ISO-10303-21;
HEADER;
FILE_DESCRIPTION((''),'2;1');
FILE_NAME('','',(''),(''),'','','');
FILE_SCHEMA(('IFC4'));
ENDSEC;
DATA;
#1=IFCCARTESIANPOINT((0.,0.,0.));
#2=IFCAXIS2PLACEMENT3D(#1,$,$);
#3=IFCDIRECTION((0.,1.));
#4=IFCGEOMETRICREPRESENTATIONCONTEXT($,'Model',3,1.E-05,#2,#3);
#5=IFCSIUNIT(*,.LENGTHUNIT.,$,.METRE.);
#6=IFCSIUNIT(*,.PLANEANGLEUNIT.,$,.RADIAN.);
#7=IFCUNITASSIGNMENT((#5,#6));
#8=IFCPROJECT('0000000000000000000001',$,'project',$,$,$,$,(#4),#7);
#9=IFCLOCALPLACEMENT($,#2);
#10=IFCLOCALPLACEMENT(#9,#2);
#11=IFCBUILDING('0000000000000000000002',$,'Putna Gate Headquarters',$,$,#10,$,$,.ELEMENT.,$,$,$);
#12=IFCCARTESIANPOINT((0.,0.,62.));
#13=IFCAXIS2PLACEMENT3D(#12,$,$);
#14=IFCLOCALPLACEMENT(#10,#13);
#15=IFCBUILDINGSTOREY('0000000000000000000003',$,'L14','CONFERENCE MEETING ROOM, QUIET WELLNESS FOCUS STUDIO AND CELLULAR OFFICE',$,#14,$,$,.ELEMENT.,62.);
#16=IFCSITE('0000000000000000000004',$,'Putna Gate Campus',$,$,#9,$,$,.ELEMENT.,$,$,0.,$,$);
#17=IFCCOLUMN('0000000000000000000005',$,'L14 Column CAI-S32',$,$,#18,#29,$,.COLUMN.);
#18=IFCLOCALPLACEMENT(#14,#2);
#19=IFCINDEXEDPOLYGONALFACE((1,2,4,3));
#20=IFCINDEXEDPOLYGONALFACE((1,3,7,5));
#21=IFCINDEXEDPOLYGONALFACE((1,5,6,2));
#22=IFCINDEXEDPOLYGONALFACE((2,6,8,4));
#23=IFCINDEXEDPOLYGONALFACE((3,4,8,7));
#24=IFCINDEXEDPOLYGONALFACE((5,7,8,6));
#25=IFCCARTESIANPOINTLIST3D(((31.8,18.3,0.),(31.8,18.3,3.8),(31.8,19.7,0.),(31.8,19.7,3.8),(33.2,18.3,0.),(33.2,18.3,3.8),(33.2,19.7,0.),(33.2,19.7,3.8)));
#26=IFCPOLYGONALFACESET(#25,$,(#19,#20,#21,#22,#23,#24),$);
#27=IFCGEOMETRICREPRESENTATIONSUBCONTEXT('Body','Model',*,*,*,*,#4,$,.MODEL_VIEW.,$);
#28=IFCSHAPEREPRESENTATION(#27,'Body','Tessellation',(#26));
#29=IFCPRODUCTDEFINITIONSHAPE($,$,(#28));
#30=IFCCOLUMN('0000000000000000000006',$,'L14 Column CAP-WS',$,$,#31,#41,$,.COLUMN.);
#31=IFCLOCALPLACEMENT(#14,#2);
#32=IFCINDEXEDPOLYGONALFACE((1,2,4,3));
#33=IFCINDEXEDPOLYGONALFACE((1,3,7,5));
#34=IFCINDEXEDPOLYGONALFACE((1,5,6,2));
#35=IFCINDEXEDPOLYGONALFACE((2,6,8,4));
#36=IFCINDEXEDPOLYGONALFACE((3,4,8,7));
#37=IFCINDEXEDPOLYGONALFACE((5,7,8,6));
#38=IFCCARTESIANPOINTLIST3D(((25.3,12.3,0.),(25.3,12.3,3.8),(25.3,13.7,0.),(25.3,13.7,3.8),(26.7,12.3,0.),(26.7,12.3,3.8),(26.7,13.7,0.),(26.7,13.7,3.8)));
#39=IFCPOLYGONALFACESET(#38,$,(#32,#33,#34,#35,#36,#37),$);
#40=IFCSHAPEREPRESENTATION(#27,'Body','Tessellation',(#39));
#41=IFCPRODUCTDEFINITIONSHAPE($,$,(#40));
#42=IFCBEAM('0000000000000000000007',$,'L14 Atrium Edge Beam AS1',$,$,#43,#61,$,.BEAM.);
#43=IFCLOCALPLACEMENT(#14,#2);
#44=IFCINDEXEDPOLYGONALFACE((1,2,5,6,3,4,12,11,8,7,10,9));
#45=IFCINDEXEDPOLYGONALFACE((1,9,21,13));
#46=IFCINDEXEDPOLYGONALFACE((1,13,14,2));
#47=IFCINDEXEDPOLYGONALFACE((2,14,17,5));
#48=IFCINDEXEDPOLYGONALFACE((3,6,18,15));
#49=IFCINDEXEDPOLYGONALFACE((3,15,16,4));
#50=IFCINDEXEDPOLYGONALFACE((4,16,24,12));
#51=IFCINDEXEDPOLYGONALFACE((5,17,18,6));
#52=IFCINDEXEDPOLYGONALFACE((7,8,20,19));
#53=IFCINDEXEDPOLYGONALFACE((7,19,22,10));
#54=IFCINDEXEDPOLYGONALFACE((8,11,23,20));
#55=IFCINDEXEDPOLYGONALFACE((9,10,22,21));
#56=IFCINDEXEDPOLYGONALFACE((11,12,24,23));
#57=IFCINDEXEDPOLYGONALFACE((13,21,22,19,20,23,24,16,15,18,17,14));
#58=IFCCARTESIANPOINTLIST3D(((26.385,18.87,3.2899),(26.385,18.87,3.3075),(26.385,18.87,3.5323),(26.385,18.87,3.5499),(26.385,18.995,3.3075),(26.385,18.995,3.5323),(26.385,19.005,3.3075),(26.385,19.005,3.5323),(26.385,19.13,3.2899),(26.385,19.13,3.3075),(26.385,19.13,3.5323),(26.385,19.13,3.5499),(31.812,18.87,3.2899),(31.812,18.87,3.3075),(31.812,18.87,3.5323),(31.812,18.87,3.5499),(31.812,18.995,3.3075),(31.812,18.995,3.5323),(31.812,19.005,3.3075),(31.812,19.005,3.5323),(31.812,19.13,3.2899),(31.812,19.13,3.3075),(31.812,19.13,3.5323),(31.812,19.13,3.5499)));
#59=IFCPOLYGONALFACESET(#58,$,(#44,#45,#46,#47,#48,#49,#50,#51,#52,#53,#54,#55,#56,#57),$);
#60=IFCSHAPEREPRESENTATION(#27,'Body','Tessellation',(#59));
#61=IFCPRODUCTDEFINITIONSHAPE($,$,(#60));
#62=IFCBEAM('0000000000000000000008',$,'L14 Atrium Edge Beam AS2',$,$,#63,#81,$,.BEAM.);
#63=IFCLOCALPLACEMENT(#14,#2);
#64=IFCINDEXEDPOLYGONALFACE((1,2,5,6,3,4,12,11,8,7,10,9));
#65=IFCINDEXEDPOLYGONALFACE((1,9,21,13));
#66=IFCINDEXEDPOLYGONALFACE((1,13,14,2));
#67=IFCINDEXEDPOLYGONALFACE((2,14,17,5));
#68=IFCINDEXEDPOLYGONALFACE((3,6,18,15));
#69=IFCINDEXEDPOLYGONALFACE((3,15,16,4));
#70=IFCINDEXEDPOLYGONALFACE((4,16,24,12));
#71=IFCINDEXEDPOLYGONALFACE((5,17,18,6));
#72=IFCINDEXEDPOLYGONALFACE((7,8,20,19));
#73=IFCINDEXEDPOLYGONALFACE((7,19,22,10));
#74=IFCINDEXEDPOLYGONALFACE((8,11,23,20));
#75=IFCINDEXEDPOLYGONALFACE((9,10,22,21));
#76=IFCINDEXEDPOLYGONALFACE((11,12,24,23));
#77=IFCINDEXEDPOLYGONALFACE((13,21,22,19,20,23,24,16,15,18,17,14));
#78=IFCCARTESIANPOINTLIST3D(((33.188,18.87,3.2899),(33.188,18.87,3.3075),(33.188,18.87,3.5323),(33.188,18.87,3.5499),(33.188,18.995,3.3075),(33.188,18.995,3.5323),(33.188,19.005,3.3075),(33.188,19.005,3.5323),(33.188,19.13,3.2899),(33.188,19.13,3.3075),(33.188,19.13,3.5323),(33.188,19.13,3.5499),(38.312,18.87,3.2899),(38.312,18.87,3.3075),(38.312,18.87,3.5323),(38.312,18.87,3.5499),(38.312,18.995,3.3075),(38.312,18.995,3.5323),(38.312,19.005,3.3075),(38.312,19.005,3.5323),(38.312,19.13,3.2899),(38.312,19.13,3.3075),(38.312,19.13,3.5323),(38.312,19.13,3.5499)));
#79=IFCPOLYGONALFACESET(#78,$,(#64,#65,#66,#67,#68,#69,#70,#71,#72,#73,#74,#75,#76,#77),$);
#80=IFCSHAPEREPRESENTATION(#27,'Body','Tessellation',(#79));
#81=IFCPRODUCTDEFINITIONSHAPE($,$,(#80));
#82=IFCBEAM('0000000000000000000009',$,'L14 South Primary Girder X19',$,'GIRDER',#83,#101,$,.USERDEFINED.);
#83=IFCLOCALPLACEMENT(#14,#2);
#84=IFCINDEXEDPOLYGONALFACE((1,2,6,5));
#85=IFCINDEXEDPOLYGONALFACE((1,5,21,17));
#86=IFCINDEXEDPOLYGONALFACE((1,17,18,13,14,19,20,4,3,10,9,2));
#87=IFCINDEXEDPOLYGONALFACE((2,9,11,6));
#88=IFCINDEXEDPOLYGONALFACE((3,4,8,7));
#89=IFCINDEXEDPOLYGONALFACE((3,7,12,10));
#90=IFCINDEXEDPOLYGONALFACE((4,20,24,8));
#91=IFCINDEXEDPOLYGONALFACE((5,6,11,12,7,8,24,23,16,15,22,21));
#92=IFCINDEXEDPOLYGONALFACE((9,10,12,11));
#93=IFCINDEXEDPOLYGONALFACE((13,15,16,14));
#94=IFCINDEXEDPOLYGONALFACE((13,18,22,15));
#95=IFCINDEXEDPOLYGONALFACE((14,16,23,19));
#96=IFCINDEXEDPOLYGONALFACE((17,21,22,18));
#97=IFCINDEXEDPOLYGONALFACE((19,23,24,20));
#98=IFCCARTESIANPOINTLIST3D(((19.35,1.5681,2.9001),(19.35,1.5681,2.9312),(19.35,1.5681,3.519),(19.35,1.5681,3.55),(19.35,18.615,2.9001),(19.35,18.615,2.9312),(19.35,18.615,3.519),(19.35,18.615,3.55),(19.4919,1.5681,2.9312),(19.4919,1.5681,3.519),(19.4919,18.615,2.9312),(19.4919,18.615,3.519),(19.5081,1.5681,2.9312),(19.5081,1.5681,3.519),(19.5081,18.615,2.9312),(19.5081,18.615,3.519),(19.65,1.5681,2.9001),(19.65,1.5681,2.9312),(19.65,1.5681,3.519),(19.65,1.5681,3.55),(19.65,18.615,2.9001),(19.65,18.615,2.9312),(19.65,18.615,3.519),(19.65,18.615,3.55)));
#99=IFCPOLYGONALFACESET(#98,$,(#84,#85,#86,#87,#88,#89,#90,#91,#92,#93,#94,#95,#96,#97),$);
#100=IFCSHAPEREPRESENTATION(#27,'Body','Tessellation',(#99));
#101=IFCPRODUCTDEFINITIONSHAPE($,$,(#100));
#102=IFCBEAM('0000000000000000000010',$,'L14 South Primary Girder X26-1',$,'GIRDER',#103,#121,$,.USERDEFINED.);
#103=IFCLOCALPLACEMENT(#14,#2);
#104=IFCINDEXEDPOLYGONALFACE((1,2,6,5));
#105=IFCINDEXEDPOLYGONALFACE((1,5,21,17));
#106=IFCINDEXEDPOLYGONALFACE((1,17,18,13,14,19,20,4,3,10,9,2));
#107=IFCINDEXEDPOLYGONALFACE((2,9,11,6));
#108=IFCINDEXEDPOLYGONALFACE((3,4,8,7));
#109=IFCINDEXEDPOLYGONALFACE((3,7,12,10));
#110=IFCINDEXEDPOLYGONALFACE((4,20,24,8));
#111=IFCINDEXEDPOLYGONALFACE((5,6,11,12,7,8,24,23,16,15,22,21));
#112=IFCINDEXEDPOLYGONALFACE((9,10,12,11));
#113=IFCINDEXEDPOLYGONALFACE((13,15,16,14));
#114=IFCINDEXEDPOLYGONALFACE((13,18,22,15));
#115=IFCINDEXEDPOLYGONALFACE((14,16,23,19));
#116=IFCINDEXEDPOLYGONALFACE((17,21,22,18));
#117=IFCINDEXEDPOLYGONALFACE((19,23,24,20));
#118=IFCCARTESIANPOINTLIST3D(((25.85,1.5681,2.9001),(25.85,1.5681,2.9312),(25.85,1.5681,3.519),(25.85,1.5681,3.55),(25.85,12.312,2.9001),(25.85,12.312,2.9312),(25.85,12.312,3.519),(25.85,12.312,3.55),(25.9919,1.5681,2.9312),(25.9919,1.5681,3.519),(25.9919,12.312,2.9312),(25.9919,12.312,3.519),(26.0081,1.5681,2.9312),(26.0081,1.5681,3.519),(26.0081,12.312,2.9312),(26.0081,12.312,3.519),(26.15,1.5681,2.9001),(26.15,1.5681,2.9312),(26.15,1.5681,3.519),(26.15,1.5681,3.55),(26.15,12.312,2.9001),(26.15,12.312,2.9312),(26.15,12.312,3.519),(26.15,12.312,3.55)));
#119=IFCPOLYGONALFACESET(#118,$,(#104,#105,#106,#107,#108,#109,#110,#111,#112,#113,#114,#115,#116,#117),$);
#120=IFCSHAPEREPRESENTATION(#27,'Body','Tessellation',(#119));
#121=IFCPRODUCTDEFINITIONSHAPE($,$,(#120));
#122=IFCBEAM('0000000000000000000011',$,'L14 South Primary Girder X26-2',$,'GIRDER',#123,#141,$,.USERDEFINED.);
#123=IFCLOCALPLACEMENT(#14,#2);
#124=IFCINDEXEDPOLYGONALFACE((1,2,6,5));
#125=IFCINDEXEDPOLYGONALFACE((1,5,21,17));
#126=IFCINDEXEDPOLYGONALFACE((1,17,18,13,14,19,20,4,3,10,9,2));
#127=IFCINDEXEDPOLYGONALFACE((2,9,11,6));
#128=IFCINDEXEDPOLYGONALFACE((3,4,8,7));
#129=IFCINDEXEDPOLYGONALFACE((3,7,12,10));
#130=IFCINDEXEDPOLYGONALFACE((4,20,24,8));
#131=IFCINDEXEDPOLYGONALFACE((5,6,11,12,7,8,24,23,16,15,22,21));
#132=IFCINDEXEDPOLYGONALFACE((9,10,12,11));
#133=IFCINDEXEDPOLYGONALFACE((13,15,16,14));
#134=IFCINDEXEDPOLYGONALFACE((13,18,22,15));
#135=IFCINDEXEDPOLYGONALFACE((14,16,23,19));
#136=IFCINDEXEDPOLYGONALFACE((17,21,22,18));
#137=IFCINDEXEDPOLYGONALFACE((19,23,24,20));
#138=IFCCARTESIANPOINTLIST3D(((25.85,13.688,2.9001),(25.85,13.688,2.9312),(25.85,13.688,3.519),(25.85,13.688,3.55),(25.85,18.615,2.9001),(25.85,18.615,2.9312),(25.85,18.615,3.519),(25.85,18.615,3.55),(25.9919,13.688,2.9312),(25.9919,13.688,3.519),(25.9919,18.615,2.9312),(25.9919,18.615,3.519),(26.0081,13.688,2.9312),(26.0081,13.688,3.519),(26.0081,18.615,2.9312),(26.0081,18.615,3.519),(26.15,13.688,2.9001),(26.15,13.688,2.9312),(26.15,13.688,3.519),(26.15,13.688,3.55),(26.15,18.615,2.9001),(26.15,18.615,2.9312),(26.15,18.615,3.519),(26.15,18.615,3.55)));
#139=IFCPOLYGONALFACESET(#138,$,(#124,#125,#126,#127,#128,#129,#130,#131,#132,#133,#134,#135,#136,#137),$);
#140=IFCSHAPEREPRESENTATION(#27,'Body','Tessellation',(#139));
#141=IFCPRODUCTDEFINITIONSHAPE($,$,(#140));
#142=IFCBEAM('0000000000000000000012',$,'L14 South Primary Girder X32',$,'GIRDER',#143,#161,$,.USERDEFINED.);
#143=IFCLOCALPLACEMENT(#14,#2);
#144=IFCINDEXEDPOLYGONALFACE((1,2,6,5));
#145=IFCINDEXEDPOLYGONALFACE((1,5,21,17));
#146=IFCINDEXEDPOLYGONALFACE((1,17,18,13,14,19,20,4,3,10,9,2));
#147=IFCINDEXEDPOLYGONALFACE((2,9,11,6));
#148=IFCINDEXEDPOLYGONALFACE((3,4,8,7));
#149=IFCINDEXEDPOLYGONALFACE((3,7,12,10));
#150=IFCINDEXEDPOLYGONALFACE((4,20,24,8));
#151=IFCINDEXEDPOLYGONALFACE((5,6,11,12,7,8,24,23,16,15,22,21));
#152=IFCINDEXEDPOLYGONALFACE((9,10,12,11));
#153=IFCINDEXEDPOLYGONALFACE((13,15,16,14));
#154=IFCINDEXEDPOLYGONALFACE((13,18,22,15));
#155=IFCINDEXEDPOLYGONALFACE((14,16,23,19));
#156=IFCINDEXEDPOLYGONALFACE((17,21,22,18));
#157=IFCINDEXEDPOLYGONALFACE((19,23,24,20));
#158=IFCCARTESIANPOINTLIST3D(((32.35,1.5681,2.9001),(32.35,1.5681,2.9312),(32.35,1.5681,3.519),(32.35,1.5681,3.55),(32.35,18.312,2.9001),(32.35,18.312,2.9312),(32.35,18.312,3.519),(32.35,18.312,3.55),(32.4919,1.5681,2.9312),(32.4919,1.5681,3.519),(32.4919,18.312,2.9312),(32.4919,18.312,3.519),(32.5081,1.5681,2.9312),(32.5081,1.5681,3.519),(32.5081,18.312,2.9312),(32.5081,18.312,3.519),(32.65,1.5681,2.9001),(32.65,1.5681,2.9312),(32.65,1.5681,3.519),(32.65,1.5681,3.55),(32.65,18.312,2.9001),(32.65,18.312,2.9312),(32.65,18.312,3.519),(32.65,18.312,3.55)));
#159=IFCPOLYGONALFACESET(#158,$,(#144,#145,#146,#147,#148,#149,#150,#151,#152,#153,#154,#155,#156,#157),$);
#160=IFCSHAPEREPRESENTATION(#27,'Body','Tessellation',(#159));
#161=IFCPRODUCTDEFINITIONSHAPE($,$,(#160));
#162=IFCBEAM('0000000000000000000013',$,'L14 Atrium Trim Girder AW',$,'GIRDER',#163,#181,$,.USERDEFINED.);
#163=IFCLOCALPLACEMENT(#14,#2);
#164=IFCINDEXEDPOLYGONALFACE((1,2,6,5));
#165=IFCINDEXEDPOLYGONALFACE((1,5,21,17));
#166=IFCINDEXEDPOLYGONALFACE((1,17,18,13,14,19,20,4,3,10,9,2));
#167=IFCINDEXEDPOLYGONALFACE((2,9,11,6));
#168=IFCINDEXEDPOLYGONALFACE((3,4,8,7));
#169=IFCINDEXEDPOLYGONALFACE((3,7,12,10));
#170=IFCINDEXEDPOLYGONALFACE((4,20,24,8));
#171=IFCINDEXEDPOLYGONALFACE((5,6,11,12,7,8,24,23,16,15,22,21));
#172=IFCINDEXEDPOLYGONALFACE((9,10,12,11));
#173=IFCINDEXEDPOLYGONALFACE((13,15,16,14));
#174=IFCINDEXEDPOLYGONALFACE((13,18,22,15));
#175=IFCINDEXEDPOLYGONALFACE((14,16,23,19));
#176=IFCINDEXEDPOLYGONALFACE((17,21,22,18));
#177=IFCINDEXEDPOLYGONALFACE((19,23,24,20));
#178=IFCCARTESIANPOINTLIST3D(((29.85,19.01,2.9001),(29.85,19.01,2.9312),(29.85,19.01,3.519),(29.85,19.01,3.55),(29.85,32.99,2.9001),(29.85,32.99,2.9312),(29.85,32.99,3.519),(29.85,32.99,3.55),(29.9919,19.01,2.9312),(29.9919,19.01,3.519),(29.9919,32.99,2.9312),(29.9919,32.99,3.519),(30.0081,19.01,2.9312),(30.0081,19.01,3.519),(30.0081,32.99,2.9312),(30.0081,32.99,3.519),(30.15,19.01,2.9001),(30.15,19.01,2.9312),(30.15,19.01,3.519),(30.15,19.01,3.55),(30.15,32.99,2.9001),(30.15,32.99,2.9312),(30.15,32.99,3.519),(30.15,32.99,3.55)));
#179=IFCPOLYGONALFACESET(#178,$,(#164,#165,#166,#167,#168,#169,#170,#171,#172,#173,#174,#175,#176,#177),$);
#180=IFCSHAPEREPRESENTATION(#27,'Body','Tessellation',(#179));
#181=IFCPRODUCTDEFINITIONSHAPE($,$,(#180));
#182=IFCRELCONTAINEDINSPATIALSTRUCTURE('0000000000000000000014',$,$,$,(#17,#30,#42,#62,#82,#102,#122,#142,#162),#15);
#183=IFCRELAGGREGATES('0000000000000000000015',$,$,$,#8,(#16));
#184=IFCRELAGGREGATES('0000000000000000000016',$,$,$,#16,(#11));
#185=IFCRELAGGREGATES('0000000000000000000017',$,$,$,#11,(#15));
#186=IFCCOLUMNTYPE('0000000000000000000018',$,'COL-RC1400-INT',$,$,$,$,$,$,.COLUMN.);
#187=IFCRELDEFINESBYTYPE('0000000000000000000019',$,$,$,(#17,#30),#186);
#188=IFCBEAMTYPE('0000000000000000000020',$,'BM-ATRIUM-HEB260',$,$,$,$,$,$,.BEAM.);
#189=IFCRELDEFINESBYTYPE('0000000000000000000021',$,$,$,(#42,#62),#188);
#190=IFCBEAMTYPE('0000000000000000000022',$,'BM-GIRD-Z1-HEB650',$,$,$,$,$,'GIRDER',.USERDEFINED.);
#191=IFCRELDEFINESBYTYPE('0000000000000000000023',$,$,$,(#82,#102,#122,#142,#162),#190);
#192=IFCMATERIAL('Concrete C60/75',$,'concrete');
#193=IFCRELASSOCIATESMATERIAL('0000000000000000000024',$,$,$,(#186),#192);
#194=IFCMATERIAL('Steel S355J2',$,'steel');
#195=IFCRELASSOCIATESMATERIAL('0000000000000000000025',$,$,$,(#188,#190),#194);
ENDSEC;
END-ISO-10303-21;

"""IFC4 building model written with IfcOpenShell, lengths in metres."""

from ifc_helpers import new_model, si_unit, direction, frame, origin, origin_2d, place, context, subcontext, project, spatial, rectangle, i_section, extrude, material, material_profile, profile_set, type_object, element, save


model = new_model("IFC4")

# Units and contexts
model_context = context("Model", 3, precision=1e-05, world=origin(), true_north=direction((0.0, 1.0)))
body_context = subcontext(model_context, "Body", "Model", "MODEL_VIEW")
ifc_project = project(units=[si_unit("LENGTHUNIT", "METRE"), si_unit("PLANEANGLEUNIT", "RADIAN")], contexts=[model_context])

# Site, building, storey
site_placement = place(None, origin())
site = spatial("IfcSite", under=ifc_project, at=site_placement, Name="Putna Gate Campus", CompositionType="ELEMENT", RefElevation=0.0)
building_placement = place(site_placement, origin())
building = spatial("IfcBuilding", under=site, at=building_placement, Name="Putna Gate Headquarters", CompositionType="ELEMENT")
storey_placement = place(building_placement, frame((0.0, 0.0, 62.0)))
storey = spatial("IfcBuildingStorey", under=building, at=storey_placement, Name="L14", Description="CONFERENCE MEETING ROOM, QUIET WELLNESS FOCUS STUDIO AND CELLULAR OFFICE", CompositionType="ELEMENT", Elevation=62.0)

# Columns
ifc_material_1 = material(Name="Concrete C60/75", Category="concrete")
ifc_material_profile_1 = material_profile(ifc_material_1, rectangle(XDim=1.3999, YDim=1.3999, at=origin_2d()), Name="Concrete C60/75")
ifc_profile_set_1 = profile_set([ifc_material_profile_1], Name="Concrete C60/75")
column_type = type_object("IfcColumnType", Name="COL-RC1400-INT", PredefinedType="COLUMN", material=ifc_profile_set_1)
for number, where, z_axis, x_axis, name in (
    (1, (32.5, 19.0, 0.0), (0.0, 0.0, 1.0), (1.0, 0.0, 0.0), "L14 Column CAI-S32"),
    (2, (26.0, 13.0, 0.0), (0.0, 0.0, 1.0), (1.0, 0.0, 0.0), "L14 Column CAP-WS"),
):
    element("IfcColumn", number, at=place(storey_placement, frame(where, z_axis=z_axis, x_axis=x_axis)), inside=storey, type_object=column_type, Name=name, PredefinedType="COLUMN", context=body_context, shape_type="SweptSolid", body=[
        extrude(rectangle(XDim=1.3999, YDim=1.3999, at=origin_2d()), origin(), (0.0, 0.0, 1.0), 3.8),
    ])

# Beams
ifc_material_2 = material(Name="Steel S355J2", Category="steel")
ifc_material_profile_2 = material_profile(ifc_material_2, i_section(OverallWidth=0.26, OverallDepth=0.26, WebThickness=0.01, FlangeThickness=0.0176, at=origin_2d()), Name="Steel S355J2")
ifc_profile_set_2 = profile_set([ifc_material_profile_2], Name="Steel S355J2")
beam_type_1 = type_object("IfcBeamType", Name="BM-ATRIUM-HEB260", PredefinedType="BEAM", material=ifc_profile_set_2)
beam_1_placement = place(storey_placement, frame((26.385, 19.0, 3.4199), z_axis=(1.0, 0.0, 0.0), x_axis=(0.0, 1.0, 0.0)))
element("IfcBeam", 3, at=beam_1_placement, inside=storey, type_object=beam_type_1, Name="L14 Atrium Edge Beam AS1", PredefinedType="BEAM", context=body_context, shape_type="SweptSolid", body=[
    extrude(i_section(OverallWidth=0.26, OverallDepth=0.26, WebThickness=0.01, FlangeThickness=0.0176, at=origin_2d()), origin(), (0.0, 0.0, 1.0), 5.427),
])
beam_2_placement = place(storey_placement, frame((33.188, 19.0, 3.4199), z_axis=(1.0, 0.0, 0.0), x_axis=(0.0, 1.0, 0.0)))
element("IfcBeam", 4, at=beam_2_placement, inside=storey, type_object=beam_type_1, Name="L14 Atrium Edge Beam AS2", PredefinedType="BEAM", context=body_context, shape_type="SweptSolid", body=[
    extrude(i_section(OverallWidth=0.26, OverallDepth=0.26, WebThickness=0.01, FlangeThickness=0.0176, at=origin_2d()), origin(), (0.0, 0.0, 1.0), 5.124),
])
ifc_material_profile_3 = material_profile(ifc_material_2, i_section(OverallWidth=0.3, OverallDepth=0.6499, WebThickness=0.0161, FlangeThickness=0.031, at=origin_2d()), Name="Steel S355J2")
ifc_profile_set_3 = profile_set([ifc_material_profile_3], Name="Steel S355J2")
beam_type_2 = type_object("IfcBeamType", Name="BM-GIRD-Z1-HEB650", ElementType="GIRDER", PredefinedType="USERDEFINED", material=ifc_profile_set_3)
beam_3_placement = place(storey_placement, frame((19.5, 1.5681, 3.2251), z_axis=(0.0, 1.0, 0.0), x_axis=(-1.0, 0.0, 0.0)))
element("IfcBeam", 5, at=beam_3_placement, inside=storey, type_object=beam_type_2, Name="L14 South Primary Girder X19", ObjectType="GIRDER", PredefinedType="USERDEFINED", context=body_context, shape_type="SweptSolid", body=[
    extrude(i_section(OverallWidth=0.3, OverallDepth=0.6499, WebThickness=0.0161, FlangeThickness=0.031, at=origin_2d()), origin(), (0.0, 0.0, 1.0), 17.0469),
])
beam_4_placement = place(storey_placement, frame((26.0, 1.5681, 3.2251), z_axis=(0.0, 1.0, 0.0), x_axis=(-1.0, 0.0, 0.0)))
element("IfcBeam", 6, at=beam_4_placement, inside=storey, type_object=beam_type_2, Name="L14 South Primary Girder X26-1", ObjectType="GIRDER", PredefinedType="USERDEFINED", context=body_context, shape_type="SweptSolid", body=[
    extrude(i_section(OverallWidth=0.3, OverallDepth=0.6499, WebThickness=0.0161, FlangeThickness=0.031, at=origin_2d()), origin(), (0.0, 0.0, 1.0), 10.7439),
])
beam_5_placement = place(storey_placement, frame((26.0, 13.688, 3.2251), z_axis=(0.0, 1.0, 0.0), x_axis=(-1.0, 0.0, 0.0)))
element("IfcBeam", 7, at=beam_5_placement, inside=storey, type_object=beam_type_2, Name="L14 South Primary Girder X26-2", ObjectType="GIRDER", PredefinedType="USERDEFINED", context=body_context, shape_type="SweptSolid", body=[
    extrude(i_section(OverallWidth=0.3, OverallDepth=0.6499, WebThickness=0.0161, FlangeThickness=0.031, at=origin_2d()), origin(), (0.0, 0.0, 1.0), 4.927),
])
beam_6_placement = place(storey_placement, frame((32.5, 1.5681, 3.2251), z_axis=(0.0, 1.0, 0.0), x_axis=(-1.0, 0.0, 0.0)))
element("IfcBeam", 8, at=beam_6_placement, inside=storey, type_object=beam_type_2, Name="L14 South Primary Girder X32", ObjectType="GIRDER", PredefinedType="USERDEFINED", context=body_context, shape_type="SweptSolid", body=[
    extrude(i_section(OverallWidth=0.3, OverallDepth=0.6499, WebThickness=0.0161, FlangeThickness=0.031, at=origin_2d()), origin(), (0.0, 0.0, 1.0), 16.7439),
])
beam_7_placement = place(storey_placement, frame((30.0, 19.01, 3.2251), z_axis=(0.0, 1.0, 0.0), x_axis=(-1.0, 0.0, 0.0)))
element("IfcBeam", 9, at=beam_7_placement, inside=storey, type_object=beam_type_2, Name="L14 Atrium Trim Girder AW", ObjectType="GIRDER", PredefinedType="USERDEFINED", context=body_context, shape_type="SweptSolid", body=[
    extrude(i_section(OverallWidth=0.3, OverallDepth=0.6499, WebThickness=0.0161, FlangeThickness=0.031, at=origin_2d()), origin(), (0.0, 0.0, 1.0), 13.98),
])

save(model, "model.ifc")
